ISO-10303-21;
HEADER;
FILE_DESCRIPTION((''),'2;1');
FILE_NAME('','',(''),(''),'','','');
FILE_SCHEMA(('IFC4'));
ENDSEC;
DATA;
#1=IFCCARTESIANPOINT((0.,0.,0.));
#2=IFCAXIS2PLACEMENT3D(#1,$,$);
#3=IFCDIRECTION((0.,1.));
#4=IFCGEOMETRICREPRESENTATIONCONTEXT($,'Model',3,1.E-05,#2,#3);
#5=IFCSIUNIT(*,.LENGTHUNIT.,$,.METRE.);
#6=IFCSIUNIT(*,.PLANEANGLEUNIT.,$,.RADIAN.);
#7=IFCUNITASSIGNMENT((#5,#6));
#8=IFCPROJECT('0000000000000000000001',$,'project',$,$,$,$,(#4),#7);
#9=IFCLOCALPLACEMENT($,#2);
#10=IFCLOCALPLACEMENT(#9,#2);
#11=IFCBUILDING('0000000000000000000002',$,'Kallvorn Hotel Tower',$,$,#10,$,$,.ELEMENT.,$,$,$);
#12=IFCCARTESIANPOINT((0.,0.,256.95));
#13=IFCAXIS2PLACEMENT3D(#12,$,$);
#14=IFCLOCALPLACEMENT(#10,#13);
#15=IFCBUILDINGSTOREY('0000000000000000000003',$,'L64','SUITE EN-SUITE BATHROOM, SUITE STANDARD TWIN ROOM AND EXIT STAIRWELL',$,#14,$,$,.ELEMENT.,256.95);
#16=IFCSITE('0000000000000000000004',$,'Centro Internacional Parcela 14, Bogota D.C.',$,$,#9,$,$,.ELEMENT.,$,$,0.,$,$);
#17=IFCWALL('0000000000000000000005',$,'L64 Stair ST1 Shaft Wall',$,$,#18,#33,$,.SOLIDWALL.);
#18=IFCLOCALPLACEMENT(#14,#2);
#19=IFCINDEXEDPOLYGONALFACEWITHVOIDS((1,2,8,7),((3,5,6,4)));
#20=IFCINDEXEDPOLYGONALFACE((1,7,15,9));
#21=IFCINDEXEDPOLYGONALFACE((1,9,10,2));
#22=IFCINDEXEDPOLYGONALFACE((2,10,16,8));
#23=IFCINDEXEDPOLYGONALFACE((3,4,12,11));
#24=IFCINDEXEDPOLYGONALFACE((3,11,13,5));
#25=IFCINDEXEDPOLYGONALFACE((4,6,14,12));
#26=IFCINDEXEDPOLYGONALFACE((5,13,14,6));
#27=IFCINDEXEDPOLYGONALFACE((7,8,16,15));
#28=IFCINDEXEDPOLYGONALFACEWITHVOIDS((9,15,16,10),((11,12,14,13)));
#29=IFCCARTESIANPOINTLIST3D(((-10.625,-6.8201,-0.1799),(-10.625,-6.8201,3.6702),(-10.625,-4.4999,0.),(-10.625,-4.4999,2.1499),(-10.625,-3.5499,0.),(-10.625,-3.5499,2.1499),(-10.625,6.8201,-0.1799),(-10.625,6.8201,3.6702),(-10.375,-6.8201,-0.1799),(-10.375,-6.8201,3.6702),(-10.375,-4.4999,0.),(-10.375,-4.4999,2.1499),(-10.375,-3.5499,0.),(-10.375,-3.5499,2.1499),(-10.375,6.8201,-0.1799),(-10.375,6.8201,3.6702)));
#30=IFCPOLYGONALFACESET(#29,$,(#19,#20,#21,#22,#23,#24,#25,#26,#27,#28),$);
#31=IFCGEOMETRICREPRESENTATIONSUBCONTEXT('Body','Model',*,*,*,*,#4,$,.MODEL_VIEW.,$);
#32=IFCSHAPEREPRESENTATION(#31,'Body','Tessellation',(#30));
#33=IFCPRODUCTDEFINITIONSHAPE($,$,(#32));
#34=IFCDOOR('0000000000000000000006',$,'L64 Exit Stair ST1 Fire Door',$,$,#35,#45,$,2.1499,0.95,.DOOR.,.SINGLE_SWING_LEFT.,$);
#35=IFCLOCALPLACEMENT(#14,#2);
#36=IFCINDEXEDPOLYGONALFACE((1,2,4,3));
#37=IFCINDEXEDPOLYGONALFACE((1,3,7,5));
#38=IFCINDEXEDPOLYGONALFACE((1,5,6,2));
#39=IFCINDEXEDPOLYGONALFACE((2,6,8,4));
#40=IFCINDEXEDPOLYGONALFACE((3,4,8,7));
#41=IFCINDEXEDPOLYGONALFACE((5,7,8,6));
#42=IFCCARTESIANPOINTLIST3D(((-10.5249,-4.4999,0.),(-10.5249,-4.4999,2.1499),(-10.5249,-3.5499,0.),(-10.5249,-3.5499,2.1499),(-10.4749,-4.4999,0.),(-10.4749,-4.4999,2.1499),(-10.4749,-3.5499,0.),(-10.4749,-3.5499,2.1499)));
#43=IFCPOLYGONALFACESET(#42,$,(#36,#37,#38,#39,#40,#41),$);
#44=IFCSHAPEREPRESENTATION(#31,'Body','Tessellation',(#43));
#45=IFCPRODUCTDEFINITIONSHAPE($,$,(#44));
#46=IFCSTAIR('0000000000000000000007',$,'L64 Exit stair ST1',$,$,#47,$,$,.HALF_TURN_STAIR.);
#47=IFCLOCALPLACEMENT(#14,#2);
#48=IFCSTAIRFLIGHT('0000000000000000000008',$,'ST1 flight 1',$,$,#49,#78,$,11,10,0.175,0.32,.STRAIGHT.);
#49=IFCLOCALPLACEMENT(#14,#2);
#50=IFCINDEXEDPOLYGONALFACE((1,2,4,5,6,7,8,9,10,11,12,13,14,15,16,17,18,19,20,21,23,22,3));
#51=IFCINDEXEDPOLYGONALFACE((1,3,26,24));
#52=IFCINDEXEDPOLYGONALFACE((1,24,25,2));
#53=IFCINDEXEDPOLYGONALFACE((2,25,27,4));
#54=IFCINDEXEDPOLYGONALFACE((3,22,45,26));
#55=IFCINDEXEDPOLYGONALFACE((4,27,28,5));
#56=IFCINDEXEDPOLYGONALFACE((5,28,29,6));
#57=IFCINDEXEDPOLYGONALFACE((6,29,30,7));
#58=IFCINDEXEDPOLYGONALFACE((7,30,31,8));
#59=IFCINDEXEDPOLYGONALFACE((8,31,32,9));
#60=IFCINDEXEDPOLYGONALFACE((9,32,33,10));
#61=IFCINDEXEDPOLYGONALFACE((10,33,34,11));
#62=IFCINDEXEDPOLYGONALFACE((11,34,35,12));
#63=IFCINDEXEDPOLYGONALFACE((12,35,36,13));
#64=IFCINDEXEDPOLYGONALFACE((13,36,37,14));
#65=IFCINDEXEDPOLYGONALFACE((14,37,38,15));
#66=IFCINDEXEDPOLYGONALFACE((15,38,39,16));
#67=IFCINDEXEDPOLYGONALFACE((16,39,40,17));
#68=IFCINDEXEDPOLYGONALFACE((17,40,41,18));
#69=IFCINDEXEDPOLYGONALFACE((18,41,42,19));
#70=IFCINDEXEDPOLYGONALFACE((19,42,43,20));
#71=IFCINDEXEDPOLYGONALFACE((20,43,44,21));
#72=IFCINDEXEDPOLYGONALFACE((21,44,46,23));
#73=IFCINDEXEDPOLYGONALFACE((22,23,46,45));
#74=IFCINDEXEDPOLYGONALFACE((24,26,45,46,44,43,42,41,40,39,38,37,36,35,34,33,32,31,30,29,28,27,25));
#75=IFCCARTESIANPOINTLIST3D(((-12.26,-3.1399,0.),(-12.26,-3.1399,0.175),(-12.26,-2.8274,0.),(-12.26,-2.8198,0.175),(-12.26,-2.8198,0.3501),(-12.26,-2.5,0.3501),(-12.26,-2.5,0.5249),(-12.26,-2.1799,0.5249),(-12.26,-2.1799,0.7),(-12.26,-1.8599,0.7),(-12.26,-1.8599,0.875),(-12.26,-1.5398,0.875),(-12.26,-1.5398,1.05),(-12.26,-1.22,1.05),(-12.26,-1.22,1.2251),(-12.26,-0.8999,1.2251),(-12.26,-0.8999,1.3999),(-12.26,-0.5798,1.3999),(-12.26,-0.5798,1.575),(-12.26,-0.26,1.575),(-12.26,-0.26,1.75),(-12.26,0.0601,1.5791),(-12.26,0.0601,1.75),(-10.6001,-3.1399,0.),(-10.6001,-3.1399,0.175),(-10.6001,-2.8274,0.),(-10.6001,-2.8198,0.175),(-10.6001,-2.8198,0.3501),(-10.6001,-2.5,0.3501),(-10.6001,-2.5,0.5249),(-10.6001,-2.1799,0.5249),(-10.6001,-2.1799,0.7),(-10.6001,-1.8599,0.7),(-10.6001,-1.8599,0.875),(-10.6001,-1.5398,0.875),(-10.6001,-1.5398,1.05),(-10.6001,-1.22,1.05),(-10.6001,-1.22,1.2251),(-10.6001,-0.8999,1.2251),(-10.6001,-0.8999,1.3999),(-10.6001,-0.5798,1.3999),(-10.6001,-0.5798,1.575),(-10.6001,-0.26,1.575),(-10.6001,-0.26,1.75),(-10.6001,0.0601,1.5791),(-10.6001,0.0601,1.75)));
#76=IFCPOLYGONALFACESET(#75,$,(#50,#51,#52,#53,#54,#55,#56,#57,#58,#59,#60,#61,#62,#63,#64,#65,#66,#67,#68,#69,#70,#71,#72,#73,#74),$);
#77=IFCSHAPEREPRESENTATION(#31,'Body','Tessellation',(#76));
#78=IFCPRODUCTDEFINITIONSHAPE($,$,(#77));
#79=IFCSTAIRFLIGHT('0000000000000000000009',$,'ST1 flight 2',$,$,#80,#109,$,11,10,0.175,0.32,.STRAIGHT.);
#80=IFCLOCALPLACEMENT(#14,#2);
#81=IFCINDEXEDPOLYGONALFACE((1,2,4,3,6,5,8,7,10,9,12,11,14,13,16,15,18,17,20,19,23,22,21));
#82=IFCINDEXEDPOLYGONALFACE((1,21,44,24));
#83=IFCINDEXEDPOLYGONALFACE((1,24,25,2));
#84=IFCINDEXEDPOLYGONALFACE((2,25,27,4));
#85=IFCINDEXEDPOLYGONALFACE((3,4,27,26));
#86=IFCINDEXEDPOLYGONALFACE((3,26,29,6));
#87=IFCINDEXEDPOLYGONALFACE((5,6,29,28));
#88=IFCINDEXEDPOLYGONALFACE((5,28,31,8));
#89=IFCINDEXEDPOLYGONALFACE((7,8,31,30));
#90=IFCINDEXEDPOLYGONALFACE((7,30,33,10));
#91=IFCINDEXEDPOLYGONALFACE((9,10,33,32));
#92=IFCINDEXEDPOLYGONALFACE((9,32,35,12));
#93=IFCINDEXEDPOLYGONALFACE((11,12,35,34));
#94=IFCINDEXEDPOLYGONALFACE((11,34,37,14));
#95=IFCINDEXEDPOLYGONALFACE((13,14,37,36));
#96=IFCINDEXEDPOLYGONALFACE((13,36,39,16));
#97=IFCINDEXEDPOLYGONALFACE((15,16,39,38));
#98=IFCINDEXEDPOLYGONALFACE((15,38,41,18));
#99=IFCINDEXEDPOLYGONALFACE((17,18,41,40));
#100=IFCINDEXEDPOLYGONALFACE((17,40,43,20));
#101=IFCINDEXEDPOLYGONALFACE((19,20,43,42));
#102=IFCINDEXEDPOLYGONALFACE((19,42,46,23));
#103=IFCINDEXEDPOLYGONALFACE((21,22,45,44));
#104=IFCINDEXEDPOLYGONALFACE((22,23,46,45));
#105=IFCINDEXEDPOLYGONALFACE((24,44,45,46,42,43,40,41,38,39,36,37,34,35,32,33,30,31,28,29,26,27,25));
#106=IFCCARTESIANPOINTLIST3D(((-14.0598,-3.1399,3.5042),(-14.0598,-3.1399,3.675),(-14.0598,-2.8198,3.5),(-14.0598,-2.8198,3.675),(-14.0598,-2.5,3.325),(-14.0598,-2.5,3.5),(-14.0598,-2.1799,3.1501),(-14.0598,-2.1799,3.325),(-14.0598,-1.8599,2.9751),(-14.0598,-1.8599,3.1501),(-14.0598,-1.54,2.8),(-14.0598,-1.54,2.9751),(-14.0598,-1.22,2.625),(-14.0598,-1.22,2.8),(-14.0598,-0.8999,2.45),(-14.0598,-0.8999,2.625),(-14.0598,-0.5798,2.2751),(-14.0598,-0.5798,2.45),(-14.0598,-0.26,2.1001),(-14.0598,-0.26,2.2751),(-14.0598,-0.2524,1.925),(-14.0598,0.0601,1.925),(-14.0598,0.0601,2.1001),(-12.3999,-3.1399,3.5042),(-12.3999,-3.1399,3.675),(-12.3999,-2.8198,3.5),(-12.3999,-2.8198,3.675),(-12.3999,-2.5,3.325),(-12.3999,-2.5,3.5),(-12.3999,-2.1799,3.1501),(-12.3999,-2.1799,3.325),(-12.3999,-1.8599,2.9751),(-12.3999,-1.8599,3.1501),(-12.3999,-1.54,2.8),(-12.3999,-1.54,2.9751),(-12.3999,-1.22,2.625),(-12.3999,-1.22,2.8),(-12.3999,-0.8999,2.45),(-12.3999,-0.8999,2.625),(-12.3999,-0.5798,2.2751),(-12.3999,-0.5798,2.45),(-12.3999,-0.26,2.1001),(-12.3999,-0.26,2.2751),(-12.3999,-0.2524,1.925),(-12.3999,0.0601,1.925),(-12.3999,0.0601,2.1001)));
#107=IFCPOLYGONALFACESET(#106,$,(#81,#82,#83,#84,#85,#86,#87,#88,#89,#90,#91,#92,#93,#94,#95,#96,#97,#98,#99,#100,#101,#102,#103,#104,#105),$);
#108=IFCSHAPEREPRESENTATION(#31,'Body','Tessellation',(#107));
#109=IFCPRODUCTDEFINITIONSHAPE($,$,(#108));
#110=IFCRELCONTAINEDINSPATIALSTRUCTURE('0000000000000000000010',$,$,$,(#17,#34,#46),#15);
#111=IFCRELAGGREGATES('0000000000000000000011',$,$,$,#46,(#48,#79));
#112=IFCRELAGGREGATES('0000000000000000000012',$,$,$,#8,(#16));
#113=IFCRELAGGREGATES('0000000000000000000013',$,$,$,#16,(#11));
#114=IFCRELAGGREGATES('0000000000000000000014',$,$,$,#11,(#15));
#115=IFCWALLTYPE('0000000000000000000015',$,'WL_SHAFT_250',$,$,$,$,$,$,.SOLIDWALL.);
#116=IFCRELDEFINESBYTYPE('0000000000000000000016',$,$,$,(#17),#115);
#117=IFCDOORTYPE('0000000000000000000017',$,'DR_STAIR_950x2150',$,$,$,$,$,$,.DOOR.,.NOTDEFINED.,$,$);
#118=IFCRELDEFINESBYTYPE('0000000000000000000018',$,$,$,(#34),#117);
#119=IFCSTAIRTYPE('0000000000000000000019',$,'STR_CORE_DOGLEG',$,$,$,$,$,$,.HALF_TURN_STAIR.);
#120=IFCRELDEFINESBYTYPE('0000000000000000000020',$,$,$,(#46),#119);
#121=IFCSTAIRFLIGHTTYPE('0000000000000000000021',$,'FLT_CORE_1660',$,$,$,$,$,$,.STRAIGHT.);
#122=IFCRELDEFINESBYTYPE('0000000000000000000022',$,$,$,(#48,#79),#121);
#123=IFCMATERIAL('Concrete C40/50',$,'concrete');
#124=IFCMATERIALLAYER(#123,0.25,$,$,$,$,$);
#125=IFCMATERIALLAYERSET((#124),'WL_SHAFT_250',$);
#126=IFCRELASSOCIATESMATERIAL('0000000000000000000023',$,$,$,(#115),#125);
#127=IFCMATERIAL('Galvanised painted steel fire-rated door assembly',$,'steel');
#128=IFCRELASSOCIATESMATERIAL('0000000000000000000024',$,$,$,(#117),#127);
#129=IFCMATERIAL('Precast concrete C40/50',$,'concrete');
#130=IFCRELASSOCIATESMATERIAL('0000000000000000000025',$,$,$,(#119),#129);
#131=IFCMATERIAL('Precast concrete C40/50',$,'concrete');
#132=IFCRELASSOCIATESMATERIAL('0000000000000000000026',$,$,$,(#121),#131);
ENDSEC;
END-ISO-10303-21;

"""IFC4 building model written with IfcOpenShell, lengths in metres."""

from ifc_helpers import new_model, si_unit, direction, frame, frame_2d, origin, place, context, subcontext, project, spatial, polyline, rectangle, outline, extrude, material, layer, layer_set, type_object, element, fill, aggregate, save


model = new_model("IFC4")

# Units and contexts
model_context = context("Model", 3, precision=1e-05, world=origin(), true_north=direction((0.0, 1.0)))
body_context = subcontext(model_context, "Body", "Model", "MODEL_VIEW")
ifc_project = project(units=[si_unit("LENGTHUNIT", "METRE"), si_unit("PLANEANGLEUNIT", "RADIAN")], contexts=[model_context])

# Site, building, storey
site_placement = place(None, origin())
site = spatial("IfcSite", under=ifc_project, at=site_placement, Name="Centro Internacional Parcela 14, Bogota D.C.", CompositionType="ELEMENT", RefElevation=0.0)
building_placement = place(site_placement, origin())
building = spatial("IfcBuilding", under=site, at=building_placement, Name="Kallvorn Hotel Tower", CompositionType="ELEMENT")
storey_placement = place(building_placement, frame((0.0, 0.0, 256.95)))
storey = spatial("IfcBuildingStorey", under=building, at=storey_placement, Name="L64", Description="SUITE EN-SUITE BATHROOM, SUITE STANDARD TWIN ROOM AND EXIT STAIRWELL", CompositionType="ELEMENT", Elevation=256.95)

# Wall, opening, door
ifc_material_1 = material(Name="Concrete C40/50", Category="concrete")
ifc_layer_1 = layer(ifc_material_1, 0.25)
ifc_layer_set_1 = layer_set([ifc_layer_1], Name="WL_SHAFT_250")
wall_type_1 = type_object("IfcWallType", Name="WL_SHAFT_250", PredefinedType="SOLIDWALL", material=ifc_layer_set_1)
wall_1_placement = place(storey_placement, frame((-10.5, -6.8201, -0.1799), z_axis=(0.0, 0.0, 1.0), x_axis=(0.0, 1.0, 0.0)))
wall_1 = element("IfcWall", 1, at=wall_1_placement, inside=storey, type_object=wall_type_1, Name="L64 Stair ST1 Shaft Wall", PredefinedType="SOLIDWALL", context=body_context, shape_type="SweptSolid", body=[
    extrude(rectangle(XDim=13.6401, YDim=0.25, at=frame_2d((6.8201, 0.0))), origin(), (0.0, 0.0, 1.0), 3.8501),
])
opening_1_placement = place(wall_1_placement, frame((2.3201, 0.0, 0.1799)))
opening_1 = element("IfcOpeningElement", 2, at=opening_1_placement, cuts=wall_1, PredefinedType="OPENING", context=body_context, shape_type="SweptSolid", body=[
    extrude(rectangle(XDim=0.95, YDim=2.1499, at=frame_2d((0.4751, 1.075))), frame((0.0, 0.1399, 0.0), z_axis=(0.0, -1.0, 0.0), x_axis=(1.0, 0.0, 0.0)), (0.0, 0.0, 1.0), 0.28),
])
ifc_material_2 = material(Name="Galvanised painted steel fire-rated door assembly", Category="steel")
door_type_1 = type_object("IfcDoorType", Name="DR_STAIR_950x2150", OperationType="NOTDEFINED", PredefinedType="DOOR", material=ifc_material_2)
door_1_placement = place(opening_1_placement, origin())
door_1 = element("IfcDoor", 3, at=door_1_placement, inside=storey, type_object=door_type_1, Name="L64 Exit Stair ST1 Fire Door", OperationType="SINGLE_SWING_LEFT", OverallHeight=2.1499, OverallWidth=0.95, PredefinedType="DOOR", context=body_context, shape_type="SweptSolid", body=[
    extrude(rectangle(XDim=0.95, YDim=2.1499, at=frame_2d((0.4751, 1.075))), frame((0.0, 0.0249, 0.0), z_axis=(0.0, -1.0, 0.0), x_axis=(1.0, 0.0, 0.0)), (0.0, 0.0, 1.0), 0.05),
])
fill(opening_1, door_1)

# Stair, stair flights
ifc_material_3 = material(Name="Precast concrete C40/50", Category="concrete")
stair_type = type_object("IfcStairType", Name="STR_CORE_DOGLEG", PredefinedType="HALF_TURN_STAIR", material=ifc_material_3)
stair_placement = place(storey_placement, origin())
stair = element("IfcStair", 4, at=stair_placement, inside=storey, type_object=stair_type, Name="L64 Exit stair ST1", PredefinedType="HALF_TURN_STAIR")
ifc_material_4 = material(Name="Precast concrete C40/50", Category="concrete")
stair_flight_type = type_object("IfcStairFlightType", Name="FLT_CORE_1660", PredefinedType="STRAIGHT", material=ifc_material_4)
stair_flight_1_placement = place(storey_placement, frame((-11.4299, -3.1399, 0.0), z_axis=(0.0, 0.0, 1.0), x_axis=(0.0, 1.0, 0.0)))
stair_flight_1 = element("IfcStairFlight", 5, at=stair_flight_1_placement, type_object=stair_flight_type, Name="ST1 flight 1", NumberOfRisers=11, NumberOfTreads=10, PredefinedType="STRAIGHT", RiserHeight=0.175, TreadLength=0.32, context=body_context, shape_type="SweptSolid", body=[
    extrude(outline(polyline([(0.0, 0.0), (0.0, 0.175), (0.3201, 0.175), (0.3201, 0.3501), (0.6399, 0.3501), (0.6399, 0.5249), (0.96, 0.5249), (0.96, 0.7), (1.28, 0.7), (1.28, 0.875), (1.6001, 0.875), (1.6001, 1.05), (1.9199, 1.05), (1.9199, 1.2251), (2.24, 1.2251), (2.24, 1.3999), (2.5601, 1.3999), (2.5601, 1.575), (2.8799, 1.575), (2.8799, 1.75), (3.2, 1.75), (3.2, 1.925), (3.2, 1.5791), (0.3125, 0.0), (0.0, 0.0)])), frame((0.0, 0.8301, 0.0), z_axis=(0.0, -1.0, 0.0), x_axis=(1.0, 0.0, 0.0)), (0.0, 0.0, 1.0), 1.6599),
])
stair_flight_2_placement = place(storey_placement, frame((-13.23, 0.0601, 1.925), z_axis=(0.0, 0.0, 1.0), x_axis=(0.0, -1.0, 0.0)))
stair_flight_2 = element("IfcStairFlight", 6, at=stair_flight_2_placement, type_object=stair_flight_type, Name="ST1 flight 2", NumberOfRisers=11, NumberOfTreads=10, PredefinedType="STRAIGHT", RiserHeight=0.175, TreadLength=0.32, context=body_context, shape_type="SweptSolid", body=[
    extrude(outline(polyline([(0.0, 0.0), (0.0, 0.175), (0.3201, 0.175), (0.3201, 0.3501), (0.6399, 0.3501), (0.6399, 0.5249), (0.96, 0.5249), (0.96, 0.7), (1.28, 0.7), (1.28, 0.875), (1.6001, 0.875), (1.6001, 1.05), (1.9199, 1.05), (1.9199, 1.2251), (2.24, 1.2251), (2.24, 1.3999), (2.5601, 1.3999), (2.5601, 1.575), (2.8799, 1.575), (2.8799, 1.75), (3.2, 1.75), (3.2, 1.925), (3.2, 1.5791), (0.3125, 0.0), (0.0, 0.0)])), frame((0.0, 0.8301, 0.0), z_axis=(0.0, -1.0, 0.0), x_axis=(1.0, 0.0, 0.0)), (0.0, 0.0, 1.0), 1.6599),
])
aggregate(stair, [stair_flight_1, stair_flight_2])

save(model, "model.ifc")
